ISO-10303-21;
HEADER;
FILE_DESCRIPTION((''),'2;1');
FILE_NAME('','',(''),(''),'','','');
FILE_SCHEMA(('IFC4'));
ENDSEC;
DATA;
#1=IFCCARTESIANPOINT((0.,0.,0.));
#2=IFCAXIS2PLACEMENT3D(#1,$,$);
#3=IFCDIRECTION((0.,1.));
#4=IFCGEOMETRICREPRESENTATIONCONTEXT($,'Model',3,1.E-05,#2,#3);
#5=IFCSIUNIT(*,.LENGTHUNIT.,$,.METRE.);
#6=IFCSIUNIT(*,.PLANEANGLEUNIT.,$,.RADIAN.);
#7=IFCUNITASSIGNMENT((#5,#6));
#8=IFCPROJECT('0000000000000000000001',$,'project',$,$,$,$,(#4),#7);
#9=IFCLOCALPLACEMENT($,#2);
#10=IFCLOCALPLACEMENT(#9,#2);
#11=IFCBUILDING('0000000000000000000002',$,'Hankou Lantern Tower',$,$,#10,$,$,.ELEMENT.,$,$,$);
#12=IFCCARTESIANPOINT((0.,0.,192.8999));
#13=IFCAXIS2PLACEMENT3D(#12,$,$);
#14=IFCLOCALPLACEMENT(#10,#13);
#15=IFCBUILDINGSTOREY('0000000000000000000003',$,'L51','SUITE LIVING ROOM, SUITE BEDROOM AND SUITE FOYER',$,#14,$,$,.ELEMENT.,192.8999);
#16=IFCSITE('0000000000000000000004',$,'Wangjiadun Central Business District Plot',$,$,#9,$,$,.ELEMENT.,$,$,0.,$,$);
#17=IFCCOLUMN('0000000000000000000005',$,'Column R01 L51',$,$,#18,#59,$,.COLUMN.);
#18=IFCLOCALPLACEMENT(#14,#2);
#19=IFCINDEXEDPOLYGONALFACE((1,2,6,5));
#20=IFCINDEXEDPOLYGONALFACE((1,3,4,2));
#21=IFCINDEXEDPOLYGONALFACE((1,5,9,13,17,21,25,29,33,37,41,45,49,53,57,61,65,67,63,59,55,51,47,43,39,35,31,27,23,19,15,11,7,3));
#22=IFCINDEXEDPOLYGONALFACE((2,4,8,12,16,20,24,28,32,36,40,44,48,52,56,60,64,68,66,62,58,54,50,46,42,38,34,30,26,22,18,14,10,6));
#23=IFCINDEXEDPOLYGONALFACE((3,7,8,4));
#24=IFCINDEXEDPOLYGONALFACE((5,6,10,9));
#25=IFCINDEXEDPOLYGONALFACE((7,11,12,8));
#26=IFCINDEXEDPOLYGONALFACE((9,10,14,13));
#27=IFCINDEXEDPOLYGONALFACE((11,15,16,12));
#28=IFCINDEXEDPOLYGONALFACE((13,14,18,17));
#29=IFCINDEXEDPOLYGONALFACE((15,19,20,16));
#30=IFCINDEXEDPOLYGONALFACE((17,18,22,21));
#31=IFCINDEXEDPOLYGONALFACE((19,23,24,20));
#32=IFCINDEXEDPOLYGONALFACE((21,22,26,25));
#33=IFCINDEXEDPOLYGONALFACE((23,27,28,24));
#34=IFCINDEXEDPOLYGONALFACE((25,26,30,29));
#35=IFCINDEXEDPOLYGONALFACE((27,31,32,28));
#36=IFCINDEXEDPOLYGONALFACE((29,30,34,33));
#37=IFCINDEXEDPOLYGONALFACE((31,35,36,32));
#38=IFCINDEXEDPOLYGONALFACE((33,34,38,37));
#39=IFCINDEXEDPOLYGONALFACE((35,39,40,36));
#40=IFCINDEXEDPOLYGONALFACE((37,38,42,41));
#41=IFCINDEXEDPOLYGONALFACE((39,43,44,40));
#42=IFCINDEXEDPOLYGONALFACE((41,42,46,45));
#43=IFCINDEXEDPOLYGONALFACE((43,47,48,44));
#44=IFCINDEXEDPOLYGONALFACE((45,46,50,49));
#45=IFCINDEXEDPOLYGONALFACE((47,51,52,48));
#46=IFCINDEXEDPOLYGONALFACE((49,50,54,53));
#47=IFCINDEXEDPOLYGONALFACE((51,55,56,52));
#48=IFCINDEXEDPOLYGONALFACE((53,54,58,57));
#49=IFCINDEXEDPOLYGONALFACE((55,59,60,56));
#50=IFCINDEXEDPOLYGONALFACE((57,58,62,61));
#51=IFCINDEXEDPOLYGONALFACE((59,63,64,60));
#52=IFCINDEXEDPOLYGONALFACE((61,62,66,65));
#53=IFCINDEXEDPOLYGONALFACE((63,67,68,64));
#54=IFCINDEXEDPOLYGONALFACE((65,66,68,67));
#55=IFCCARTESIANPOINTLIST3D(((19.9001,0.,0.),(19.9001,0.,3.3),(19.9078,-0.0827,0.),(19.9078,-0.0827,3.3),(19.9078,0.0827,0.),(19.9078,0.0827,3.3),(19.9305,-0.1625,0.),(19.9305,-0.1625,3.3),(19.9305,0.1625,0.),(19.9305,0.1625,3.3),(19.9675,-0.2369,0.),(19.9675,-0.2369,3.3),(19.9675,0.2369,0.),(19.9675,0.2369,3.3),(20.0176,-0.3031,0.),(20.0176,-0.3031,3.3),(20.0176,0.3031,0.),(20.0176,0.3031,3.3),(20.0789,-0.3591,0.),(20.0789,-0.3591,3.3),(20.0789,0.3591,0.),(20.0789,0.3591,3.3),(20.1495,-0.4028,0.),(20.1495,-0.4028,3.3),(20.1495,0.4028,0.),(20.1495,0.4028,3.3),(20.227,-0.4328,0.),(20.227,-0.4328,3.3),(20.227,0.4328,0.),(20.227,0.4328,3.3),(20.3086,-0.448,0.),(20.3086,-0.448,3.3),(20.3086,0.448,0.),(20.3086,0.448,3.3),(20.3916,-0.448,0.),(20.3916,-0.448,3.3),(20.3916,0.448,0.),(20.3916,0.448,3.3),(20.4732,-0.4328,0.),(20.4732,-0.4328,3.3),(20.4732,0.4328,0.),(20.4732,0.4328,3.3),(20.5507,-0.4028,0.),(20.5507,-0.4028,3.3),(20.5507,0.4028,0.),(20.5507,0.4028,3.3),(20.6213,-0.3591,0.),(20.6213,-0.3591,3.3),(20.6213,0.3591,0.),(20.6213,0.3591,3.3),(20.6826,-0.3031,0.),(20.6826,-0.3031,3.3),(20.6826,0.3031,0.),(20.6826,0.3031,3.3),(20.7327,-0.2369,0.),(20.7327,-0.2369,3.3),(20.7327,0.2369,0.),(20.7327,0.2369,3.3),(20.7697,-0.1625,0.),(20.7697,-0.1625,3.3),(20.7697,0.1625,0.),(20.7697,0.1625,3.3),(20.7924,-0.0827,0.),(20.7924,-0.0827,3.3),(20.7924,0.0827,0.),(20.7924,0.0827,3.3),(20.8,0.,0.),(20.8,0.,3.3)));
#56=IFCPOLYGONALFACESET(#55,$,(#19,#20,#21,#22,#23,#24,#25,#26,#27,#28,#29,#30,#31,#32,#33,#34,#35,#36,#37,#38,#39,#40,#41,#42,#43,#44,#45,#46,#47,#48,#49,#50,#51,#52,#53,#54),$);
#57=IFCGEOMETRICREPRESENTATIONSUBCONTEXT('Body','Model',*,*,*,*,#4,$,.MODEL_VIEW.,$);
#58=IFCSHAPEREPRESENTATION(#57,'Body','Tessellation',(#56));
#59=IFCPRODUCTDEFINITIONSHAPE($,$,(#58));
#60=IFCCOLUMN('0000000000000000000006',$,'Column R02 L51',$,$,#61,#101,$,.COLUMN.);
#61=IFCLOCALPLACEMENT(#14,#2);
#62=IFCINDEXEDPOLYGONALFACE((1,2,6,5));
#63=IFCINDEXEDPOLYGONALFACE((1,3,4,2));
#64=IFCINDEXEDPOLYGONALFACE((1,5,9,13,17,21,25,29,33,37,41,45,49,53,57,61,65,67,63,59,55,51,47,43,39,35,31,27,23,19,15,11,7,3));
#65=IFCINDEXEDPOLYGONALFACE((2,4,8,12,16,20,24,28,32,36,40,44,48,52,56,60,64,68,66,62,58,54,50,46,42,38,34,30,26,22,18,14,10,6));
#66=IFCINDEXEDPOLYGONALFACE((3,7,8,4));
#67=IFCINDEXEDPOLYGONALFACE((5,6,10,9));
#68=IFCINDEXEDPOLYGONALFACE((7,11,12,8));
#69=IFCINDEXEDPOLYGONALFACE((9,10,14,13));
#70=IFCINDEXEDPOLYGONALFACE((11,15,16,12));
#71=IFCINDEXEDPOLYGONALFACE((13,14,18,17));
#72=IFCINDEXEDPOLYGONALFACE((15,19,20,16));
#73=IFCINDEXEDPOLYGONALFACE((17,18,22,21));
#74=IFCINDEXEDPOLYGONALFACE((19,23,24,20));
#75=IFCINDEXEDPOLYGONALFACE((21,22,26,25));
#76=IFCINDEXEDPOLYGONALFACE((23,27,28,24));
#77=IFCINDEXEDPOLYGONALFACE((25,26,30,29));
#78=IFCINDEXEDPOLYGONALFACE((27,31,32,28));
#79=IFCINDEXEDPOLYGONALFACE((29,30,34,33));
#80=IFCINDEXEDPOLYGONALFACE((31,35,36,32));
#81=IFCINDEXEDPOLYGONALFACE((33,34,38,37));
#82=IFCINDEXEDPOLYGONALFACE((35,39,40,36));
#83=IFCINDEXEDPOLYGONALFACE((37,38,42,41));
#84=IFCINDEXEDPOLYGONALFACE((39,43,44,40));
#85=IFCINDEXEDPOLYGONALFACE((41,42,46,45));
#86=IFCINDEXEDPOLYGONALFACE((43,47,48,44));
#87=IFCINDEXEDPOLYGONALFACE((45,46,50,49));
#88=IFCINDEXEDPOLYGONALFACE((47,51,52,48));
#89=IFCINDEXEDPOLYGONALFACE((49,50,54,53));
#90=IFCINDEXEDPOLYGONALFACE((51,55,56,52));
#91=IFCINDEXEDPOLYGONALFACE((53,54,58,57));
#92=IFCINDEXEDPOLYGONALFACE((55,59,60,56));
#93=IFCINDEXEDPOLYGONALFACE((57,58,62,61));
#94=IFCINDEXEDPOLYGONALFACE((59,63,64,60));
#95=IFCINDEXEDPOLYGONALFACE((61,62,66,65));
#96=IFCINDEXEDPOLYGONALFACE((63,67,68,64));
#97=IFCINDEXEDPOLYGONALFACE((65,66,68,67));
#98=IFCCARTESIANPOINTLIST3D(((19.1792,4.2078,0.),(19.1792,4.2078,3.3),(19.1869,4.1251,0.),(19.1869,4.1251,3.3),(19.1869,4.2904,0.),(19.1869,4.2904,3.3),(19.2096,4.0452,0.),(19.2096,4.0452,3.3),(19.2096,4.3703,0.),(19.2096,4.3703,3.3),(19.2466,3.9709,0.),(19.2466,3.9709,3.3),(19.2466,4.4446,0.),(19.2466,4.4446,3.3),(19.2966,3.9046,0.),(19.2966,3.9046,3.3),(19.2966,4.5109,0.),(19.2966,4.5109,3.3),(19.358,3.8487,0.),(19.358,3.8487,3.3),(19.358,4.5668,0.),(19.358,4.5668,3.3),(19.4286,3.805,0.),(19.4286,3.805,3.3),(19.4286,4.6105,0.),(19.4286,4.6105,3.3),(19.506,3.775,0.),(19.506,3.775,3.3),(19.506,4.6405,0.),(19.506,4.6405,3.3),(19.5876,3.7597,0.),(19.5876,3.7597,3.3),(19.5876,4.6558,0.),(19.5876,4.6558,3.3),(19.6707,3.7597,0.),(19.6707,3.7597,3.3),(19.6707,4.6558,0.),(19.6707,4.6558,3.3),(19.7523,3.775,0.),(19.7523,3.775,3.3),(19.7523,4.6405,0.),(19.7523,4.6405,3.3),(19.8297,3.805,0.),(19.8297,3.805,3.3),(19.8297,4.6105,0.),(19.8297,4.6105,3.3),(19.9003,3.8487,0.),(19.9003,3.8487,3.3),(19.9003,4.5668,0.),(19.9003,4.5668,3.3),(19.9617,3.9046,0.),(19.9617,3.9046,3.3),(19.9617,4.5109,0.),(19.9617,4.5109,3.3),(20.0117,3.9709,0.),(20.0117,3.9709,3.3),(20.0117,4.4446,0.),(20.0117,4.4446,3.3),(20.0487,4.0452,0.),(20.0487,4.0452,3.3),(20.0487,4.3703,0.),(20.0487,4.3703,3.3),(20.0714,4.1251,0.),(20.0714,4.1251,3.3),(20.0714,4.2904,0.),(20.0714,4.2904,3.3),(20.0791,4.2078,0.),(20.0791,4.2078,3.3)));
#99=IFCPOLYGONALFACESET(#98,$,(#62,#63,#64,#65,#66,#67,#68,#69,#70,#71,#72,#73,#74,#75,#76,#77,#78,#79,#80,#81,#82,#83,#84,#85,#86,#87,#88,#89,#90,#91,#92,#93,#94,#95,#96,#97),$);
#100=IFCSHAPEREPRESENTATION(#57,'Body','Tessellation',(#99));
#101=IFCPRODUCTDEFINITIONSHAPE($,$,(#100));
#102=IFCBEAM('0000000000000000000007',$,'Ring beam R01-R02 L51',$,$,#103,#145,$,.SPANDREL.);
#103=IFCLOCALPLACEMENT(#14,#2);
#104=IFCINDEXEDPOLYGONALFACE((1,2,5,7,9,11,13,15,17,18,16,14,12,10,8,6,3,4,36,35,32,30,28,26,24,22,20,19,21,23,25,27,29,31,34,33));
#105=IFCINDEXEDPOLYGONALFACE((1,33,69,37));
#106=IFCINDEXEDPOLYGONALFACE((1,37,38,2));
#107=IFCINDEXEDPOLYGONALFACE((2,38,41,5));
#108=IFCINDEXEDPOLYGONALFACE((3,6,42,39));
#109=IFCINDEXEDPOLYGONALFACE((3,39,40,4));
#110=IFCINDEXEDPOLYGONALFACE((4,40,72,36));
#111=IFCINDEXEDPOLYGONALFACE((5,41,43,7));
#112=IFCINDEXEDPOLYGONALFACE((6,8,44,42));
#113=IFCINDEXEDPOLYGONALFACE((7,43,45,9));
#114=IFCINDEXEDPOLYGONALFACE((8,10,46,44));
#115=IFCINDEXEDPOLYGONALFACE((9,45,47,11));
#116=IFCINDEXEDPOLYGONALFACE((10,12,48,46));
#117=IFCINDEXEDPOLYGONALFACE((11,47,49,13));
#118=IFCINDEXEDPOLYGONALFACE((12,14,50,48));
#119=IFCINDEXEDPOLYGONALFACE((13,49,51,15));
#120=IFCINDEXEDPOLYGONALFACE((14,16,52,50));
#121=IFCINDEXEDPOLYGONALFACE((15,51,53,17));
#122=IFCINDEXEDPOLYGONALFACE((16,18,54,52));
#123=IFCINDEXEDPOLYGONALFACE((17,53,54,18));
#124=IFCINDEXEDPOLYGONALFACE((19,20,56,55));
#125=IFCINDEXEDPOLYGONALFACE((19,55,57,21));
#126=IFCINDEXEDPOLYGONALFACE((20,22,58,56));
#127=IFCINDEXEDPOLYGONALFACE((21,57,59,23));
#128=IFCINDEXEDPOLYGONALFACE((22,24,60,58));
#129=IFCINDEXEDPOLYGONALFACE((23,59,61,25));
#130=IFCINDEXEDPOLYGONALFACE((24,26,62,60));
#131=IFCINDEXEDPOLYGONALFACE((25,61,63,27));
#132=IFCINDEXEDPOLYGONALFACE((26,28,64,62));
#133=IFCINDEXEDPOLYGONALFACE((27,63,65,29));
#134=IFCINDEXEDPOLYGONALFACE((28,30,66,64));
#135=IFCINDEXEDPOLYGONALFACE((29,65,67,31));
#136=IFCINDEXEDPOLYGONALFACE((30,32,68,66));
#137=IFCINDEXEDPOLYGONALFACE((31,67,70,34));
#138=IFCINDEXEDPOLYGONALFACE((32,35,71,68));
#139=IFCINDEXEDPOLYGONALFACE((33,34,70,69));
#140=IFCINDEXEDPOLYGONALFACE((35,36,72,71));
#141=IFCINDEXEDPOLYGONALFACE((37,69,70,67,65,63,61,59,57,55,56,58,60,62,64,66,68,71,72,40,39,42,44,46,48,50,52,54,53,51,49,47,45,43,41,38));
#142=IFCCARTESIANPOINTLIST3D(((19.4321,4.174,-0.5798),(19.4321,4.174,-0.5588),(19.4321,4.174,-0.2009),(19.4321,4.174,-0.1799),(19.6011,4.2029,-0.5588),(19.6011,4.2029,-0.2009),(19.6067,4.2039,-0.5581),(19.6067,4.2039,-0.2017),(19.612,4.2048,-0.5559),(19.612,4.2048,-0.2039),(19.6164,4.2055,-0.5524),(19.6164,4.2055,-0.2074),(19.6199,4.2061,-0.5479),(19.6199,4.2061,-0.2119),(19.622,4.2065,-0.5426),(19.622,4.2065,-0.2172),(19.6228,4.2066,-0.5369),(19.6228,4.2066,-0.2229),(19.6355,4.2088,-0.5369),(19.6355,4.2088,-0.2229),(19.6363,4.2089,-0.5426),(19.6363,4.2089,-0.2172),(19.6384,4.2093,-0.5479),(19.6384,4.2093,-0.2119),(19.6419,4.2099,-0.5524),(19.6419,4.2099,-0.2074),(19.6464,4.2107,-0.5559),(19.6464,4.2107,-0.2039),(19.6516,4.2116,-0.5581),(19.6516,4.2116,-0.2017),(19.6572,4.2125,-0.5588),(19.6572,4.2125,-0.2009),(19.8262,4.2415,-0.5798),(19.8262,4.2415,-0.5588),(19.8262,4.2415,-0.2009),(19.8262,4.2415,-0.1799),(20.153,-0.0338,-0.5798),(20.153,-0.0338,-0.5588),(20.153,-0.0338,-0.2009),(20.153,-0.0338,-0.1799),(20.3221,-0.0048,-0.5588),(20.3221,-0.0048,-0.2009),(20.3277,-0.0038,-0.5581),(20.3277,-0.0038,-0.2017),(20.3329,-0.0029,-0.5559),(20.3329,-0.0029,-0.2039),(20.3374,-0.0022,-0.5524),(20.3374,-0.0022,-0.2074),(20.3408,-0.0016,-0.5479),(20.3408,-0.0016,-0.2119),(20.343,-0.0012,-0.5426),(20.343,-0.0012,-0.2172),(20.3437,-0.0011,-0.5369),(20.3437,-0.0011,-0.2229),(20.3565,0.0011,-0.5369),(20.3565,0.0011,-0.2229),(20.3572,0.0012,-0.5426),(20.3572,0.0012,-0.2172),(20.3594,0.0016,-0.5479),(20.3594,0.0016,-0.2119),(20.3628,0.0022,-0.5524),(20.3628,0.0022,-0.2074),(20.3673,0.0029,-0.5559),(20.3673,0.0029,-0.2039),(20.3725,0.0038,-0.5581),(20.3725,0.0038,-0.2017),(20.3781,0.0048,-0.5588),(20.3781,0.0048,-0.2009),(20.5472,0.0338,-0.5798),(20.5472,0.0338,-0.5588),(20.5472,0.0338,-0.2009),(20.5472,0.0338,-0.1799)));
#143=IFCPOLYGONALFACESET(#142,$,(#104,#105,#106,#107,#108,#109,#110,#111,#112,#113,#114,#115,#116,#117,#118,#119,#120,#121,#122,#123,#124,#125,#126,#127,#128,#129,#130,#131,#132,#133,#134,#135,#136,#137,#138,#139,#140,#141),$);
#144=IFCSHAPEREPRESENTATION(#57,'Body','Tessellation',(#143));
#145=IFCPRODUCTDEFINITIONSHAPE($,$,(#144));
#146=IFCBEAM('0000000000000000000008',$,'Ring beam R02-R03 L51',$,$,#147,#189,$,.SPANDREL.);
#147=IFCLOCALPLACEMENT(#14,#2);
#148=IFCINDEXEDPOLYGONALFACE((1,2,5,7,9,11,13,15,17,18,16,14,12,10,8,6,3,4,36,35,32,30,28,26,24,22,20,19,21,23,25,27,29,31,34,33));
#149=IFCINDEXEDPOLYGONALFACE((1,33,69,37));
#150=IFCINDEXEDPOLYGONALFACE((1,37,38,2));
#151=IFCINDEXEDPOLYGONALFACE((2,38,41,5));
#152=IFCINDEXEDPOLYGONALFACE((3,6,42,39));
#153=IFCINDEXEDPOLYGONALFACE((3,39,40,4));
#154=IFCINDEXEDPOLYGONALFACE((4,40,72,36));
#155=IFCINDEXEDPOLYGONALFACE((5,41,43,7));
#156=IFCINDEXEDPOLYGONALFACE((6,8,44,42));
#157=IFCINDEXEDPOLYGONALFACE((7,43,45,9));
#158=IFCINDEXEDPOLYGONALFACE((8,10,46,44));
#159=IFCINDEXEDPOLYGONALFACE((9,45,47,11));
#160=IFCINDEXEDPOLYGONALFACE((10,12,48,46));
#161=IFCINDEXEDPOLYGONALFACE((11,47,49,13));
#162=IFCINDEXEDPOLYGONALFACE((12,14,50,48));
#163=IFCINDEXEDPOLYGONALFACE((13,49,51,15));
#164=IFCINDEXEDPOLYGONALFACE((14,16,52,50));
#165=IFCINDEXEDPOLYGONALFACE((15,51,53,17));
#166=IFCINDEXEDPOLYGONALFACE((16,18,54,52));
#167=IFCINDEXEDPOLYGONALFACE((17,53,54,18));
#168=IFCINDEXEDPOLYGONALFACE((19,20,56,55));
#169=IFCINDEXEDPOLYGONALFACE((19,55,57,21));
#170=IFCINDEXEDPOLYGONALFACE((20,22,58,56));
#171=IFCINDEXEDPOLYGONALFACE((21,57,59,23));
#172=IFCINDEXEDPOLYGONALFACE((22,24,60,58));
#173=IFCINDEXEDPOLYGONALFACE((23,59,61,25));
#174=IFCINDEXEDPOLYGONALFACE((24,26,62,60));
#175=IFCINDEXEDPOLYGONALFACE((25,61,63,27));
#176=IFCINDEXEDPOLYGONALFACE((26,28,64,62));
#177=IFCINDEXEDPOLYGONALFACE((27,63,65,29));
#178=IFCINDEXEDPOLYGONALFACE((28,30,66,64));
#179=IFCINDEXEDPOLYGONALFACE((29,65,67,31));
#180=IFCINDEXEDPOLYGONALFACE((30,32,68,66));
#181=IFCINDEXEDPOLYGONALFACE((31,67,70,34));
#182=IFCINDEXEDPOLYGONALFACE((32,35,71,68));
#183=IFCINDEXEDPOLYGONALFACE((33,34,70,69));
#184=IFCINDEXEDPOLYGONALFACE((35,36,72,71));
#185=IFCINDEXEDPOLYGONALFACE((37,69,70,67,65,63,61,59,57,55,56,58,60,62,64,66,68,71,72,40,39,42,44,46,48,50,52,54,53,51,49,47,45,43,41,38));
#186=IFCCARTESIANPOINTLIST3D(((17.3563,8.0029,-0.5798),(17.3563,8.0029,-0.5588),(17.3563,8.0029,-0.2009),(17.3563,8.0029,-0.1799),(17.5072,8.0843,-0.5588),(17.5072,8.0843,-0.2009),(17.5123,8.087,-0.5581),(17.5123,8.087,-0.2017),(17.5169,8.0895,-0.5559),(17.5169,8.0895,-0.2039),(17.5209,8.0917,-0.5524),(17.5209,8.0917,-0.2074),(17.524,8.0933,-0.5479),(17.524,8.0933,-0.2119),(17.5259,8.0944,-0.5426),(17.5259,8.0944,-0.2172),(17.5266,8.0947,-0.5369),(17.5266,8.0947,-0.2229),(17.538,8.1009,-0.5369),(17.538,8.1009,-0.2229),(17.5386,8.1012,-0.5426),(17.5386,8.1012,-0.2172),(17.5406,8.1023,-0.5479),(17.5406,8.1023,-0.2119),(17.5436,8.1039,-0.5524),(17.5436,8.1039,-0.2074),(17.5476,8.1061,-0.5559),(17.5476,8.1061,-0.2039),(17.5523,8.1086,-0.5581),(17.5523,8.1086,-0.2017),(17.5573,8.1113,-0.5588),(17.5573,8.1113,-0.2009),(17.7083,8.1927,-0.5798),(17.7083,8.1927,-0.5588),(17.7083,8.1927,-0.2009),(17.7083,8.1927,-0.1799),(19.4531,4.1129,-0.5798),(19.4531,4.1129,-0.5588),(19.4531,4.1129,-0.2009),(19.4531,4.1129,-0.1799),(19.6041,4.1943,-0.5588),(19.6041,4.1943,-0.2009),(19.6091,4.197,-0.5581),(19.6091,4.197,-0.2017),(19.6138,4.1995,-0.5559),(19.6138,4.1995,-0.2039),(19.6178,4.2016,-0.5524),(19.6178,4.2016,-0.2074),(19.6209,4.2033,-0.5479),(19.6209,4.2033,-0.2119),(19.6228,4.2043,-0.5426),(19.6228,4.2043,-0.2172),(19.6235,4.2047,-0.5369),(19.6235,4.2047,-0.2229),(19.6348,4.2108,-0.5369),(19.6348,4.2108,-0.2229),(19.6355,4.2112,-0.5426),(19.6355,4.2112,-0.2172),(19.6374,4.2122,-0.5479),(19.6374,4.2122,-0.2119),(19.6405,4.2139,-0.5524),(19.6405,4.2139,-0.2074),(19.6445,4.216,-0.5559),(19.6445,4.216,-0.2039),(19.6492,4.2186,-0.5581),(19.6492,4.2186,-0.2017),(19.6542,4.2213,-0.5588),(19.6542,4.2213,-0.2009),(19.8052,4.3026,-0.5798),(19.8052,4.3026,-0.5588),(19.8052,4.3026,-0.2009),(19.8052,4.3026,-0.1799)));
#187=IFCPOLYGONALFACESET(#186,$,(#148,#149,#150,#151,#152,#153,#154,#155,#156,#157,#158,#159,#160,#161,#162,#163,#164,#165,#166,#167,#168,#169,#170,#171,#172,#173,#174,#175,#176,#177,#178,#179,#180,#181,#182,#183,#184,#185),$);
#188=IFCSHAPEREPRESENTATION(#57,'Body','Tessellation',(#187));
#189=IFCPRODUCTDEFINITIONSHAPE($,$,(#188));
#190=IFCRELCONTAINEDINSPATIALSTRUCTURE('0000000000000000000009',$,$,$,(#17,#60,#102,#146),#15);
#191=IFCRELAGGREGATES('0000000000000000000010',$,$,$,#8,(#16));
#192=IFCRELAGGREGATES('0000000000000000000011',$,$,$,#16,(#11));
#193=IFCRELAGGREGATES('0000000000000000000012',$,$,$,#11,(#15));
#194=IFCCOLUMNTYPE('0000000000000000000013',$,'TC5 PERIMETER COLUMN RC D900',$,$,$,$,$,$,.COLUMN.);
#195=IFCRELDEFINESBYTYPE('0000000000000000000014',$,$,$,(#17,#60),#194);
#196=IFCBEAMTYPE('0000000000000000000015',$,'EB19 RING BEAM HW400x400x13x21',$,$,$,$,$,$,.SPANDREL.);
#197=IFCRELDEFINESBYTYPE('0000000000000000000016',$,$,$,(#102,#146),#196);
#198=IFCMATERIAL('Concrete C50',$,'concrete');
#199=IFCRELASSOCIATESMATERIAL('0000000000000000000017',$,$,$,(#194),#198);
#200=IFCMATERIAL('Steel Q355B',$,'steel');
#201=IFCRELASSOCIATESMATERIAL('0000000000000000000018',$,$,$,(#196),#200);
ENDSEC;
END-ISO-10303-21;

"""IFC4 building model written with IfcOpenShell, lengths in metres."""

from ifc_helpers import new_model, si_unit, direction, frame, origin, origin_2d, place, context, subcontext, project, spatial, circle, i_section, extrude, material, material_profile, profile_set, type_object, element, save


model = new_model("IFC4")

# Units and contexts
model_context = context("Model", 3, precision=1e-05, world=origin(), true_north=direction((0.0, 1.0)))
body_context = subcontext(model_context, "Body", "Model", "MODEL_VIEW")
ifc_project = project(units=[si_unit("LENGTHUNIT", "METRE"), si_unit("PLANEANGLEUNIT", "RADIAN")], contexts=[model_context])

# Site, building, storey
site_placement = place(None, origin())
site = spatial("IfcSite", under=ifc_project, at=site_placement, Name="Wangjiadun Central Business District Plot", CompositionType="ELEMENT", RefElevation=0.0)
building_placement = place(site_placement, origin())
building = spatial("IfcBuilding", under=site, at=building_placement, Name="Hankou Lantern Tower", CompositionType="ELEMENT")
storey_placement = place(building_placement, frame((0.0, 0.0, 192.8999)))
storey = spatial("IfcBuildingStorey", under=building, at=storey_placement, Name="L51", Description="SUITE LIVING ROOM, SUITE BEDROOM AND SUITE FOYER", CompositionType="ELEMENT", Elevation=192.8999)

# Columns
ifc_material_1 = material(Name="Concrete C50", Category="concrete")
ifc_material_profile_1 = material_profile(ifc_material_1, circle(Radius=0.45, at=origin_2d()), Name="RC D900")
ifc_profile_set_1 = profile_set([ifc_material_profile_1], Name="Concrete C50")
column_type = type_object("IfcColumnType", Name="TC5 PERIMETER COLUMN RC D900", PredefinedType="COLUMN", material=ifc_profile_set_1)
for number, where, z_axis, x_axis, name in (
    (1, (20.3501, 0.0, 0.0), (0.0, 0.0, 1.0), (1.0, 0.0, 0.0), "Column R01 L51"),
    (2, (19.6292, 4.2078, 0.0), (0.0, 0.0, 1.0), (1.0, 0.0, 0.0), "Column R02 L51"),
):
    element("IfcColumn", number, at=place(storey_placement, frame(where, z_axis=z_axis, x_axis=x_axis)), inside=storey, type_object=column_type, Name=name, PredefinedType="COLUMN", context=body_context, shape_type="SweptSolid", body=[
        extrude(circle(Radius=0.45, at=origin_2d()), origin(), (0.0, 0.0, 1.0), 3.3),
    ])

# Beams
ifc_material_2 = material(Name="Steel Q355B", Category="steel")
ifc_material_profile_2 = material_profile(ifc_material_2, i_section(OverallWidth=0.3999, OverallDepth=0.3999, WebThickness=0.0129, FlangeThickness=0.021, FilletRadius=0.022, at=origin_2d()), Name="HW400x400x13x21")
ifc_profile_set_2 = profile_set([ifc_material_profile_2], Name="Steel Q355B")
beam_type_1 = type_object("IfcBeamType", Name="EB19 RING BEAM HW400x400x13x21", PredefinedType="SPANDREL", material=ifc_profile_set_2)
beam_1_placement = place(storey_placement, frame((20.3501, 0.0, -0.3799), z_axis=(-0.168877, 0.985637, 0.0), x_axis=(-0.985637, -0.168877, 0.0)))
element("IfcBeam", 3, at=beam_1_placement, inside=storey, type_object=beam_type_1, Name="Ring beam R01-R02 L51", PredefinedType="SPANDREL", context=body_context, shape_type="SweptSolid", body=[
    extrude(i_section(OverallWidth=0.3999, OverallDepth=0.3999, WebThickness=0.0129, FlangeThickness=0.021, FilletRadius=0.022, at=origin_2d()), origin(), (0.0, 0.0, 1.0), 4.269),
])
beam_2_placement = place(storey_placement, frame((19.6292, 4.2078, -0.3799), z_axis=(-0.474492, 0.88026, 0.0), x_axis=(-0.88026, -0.474492, 0.0)))
element("IfcBeam", 4, at=beam_2_placement, inside=storey, type_object=beam_type_1, Name="Ring beam R02-R03 L51", PredefinedType="SPANDREL", context=body_context, shape_type="SweptSolid", body=[
    extrude(i_section(OverallWidth=0.3999, OverallDepth=0.3999, WebThickness=0.0129, FlangeThickness=0.021, FilletRadius=0.022, at=origin_2d()), origin(), (0.0, 0.0, 1.0), 4.4192),
])

save(model, "model.ifc")
